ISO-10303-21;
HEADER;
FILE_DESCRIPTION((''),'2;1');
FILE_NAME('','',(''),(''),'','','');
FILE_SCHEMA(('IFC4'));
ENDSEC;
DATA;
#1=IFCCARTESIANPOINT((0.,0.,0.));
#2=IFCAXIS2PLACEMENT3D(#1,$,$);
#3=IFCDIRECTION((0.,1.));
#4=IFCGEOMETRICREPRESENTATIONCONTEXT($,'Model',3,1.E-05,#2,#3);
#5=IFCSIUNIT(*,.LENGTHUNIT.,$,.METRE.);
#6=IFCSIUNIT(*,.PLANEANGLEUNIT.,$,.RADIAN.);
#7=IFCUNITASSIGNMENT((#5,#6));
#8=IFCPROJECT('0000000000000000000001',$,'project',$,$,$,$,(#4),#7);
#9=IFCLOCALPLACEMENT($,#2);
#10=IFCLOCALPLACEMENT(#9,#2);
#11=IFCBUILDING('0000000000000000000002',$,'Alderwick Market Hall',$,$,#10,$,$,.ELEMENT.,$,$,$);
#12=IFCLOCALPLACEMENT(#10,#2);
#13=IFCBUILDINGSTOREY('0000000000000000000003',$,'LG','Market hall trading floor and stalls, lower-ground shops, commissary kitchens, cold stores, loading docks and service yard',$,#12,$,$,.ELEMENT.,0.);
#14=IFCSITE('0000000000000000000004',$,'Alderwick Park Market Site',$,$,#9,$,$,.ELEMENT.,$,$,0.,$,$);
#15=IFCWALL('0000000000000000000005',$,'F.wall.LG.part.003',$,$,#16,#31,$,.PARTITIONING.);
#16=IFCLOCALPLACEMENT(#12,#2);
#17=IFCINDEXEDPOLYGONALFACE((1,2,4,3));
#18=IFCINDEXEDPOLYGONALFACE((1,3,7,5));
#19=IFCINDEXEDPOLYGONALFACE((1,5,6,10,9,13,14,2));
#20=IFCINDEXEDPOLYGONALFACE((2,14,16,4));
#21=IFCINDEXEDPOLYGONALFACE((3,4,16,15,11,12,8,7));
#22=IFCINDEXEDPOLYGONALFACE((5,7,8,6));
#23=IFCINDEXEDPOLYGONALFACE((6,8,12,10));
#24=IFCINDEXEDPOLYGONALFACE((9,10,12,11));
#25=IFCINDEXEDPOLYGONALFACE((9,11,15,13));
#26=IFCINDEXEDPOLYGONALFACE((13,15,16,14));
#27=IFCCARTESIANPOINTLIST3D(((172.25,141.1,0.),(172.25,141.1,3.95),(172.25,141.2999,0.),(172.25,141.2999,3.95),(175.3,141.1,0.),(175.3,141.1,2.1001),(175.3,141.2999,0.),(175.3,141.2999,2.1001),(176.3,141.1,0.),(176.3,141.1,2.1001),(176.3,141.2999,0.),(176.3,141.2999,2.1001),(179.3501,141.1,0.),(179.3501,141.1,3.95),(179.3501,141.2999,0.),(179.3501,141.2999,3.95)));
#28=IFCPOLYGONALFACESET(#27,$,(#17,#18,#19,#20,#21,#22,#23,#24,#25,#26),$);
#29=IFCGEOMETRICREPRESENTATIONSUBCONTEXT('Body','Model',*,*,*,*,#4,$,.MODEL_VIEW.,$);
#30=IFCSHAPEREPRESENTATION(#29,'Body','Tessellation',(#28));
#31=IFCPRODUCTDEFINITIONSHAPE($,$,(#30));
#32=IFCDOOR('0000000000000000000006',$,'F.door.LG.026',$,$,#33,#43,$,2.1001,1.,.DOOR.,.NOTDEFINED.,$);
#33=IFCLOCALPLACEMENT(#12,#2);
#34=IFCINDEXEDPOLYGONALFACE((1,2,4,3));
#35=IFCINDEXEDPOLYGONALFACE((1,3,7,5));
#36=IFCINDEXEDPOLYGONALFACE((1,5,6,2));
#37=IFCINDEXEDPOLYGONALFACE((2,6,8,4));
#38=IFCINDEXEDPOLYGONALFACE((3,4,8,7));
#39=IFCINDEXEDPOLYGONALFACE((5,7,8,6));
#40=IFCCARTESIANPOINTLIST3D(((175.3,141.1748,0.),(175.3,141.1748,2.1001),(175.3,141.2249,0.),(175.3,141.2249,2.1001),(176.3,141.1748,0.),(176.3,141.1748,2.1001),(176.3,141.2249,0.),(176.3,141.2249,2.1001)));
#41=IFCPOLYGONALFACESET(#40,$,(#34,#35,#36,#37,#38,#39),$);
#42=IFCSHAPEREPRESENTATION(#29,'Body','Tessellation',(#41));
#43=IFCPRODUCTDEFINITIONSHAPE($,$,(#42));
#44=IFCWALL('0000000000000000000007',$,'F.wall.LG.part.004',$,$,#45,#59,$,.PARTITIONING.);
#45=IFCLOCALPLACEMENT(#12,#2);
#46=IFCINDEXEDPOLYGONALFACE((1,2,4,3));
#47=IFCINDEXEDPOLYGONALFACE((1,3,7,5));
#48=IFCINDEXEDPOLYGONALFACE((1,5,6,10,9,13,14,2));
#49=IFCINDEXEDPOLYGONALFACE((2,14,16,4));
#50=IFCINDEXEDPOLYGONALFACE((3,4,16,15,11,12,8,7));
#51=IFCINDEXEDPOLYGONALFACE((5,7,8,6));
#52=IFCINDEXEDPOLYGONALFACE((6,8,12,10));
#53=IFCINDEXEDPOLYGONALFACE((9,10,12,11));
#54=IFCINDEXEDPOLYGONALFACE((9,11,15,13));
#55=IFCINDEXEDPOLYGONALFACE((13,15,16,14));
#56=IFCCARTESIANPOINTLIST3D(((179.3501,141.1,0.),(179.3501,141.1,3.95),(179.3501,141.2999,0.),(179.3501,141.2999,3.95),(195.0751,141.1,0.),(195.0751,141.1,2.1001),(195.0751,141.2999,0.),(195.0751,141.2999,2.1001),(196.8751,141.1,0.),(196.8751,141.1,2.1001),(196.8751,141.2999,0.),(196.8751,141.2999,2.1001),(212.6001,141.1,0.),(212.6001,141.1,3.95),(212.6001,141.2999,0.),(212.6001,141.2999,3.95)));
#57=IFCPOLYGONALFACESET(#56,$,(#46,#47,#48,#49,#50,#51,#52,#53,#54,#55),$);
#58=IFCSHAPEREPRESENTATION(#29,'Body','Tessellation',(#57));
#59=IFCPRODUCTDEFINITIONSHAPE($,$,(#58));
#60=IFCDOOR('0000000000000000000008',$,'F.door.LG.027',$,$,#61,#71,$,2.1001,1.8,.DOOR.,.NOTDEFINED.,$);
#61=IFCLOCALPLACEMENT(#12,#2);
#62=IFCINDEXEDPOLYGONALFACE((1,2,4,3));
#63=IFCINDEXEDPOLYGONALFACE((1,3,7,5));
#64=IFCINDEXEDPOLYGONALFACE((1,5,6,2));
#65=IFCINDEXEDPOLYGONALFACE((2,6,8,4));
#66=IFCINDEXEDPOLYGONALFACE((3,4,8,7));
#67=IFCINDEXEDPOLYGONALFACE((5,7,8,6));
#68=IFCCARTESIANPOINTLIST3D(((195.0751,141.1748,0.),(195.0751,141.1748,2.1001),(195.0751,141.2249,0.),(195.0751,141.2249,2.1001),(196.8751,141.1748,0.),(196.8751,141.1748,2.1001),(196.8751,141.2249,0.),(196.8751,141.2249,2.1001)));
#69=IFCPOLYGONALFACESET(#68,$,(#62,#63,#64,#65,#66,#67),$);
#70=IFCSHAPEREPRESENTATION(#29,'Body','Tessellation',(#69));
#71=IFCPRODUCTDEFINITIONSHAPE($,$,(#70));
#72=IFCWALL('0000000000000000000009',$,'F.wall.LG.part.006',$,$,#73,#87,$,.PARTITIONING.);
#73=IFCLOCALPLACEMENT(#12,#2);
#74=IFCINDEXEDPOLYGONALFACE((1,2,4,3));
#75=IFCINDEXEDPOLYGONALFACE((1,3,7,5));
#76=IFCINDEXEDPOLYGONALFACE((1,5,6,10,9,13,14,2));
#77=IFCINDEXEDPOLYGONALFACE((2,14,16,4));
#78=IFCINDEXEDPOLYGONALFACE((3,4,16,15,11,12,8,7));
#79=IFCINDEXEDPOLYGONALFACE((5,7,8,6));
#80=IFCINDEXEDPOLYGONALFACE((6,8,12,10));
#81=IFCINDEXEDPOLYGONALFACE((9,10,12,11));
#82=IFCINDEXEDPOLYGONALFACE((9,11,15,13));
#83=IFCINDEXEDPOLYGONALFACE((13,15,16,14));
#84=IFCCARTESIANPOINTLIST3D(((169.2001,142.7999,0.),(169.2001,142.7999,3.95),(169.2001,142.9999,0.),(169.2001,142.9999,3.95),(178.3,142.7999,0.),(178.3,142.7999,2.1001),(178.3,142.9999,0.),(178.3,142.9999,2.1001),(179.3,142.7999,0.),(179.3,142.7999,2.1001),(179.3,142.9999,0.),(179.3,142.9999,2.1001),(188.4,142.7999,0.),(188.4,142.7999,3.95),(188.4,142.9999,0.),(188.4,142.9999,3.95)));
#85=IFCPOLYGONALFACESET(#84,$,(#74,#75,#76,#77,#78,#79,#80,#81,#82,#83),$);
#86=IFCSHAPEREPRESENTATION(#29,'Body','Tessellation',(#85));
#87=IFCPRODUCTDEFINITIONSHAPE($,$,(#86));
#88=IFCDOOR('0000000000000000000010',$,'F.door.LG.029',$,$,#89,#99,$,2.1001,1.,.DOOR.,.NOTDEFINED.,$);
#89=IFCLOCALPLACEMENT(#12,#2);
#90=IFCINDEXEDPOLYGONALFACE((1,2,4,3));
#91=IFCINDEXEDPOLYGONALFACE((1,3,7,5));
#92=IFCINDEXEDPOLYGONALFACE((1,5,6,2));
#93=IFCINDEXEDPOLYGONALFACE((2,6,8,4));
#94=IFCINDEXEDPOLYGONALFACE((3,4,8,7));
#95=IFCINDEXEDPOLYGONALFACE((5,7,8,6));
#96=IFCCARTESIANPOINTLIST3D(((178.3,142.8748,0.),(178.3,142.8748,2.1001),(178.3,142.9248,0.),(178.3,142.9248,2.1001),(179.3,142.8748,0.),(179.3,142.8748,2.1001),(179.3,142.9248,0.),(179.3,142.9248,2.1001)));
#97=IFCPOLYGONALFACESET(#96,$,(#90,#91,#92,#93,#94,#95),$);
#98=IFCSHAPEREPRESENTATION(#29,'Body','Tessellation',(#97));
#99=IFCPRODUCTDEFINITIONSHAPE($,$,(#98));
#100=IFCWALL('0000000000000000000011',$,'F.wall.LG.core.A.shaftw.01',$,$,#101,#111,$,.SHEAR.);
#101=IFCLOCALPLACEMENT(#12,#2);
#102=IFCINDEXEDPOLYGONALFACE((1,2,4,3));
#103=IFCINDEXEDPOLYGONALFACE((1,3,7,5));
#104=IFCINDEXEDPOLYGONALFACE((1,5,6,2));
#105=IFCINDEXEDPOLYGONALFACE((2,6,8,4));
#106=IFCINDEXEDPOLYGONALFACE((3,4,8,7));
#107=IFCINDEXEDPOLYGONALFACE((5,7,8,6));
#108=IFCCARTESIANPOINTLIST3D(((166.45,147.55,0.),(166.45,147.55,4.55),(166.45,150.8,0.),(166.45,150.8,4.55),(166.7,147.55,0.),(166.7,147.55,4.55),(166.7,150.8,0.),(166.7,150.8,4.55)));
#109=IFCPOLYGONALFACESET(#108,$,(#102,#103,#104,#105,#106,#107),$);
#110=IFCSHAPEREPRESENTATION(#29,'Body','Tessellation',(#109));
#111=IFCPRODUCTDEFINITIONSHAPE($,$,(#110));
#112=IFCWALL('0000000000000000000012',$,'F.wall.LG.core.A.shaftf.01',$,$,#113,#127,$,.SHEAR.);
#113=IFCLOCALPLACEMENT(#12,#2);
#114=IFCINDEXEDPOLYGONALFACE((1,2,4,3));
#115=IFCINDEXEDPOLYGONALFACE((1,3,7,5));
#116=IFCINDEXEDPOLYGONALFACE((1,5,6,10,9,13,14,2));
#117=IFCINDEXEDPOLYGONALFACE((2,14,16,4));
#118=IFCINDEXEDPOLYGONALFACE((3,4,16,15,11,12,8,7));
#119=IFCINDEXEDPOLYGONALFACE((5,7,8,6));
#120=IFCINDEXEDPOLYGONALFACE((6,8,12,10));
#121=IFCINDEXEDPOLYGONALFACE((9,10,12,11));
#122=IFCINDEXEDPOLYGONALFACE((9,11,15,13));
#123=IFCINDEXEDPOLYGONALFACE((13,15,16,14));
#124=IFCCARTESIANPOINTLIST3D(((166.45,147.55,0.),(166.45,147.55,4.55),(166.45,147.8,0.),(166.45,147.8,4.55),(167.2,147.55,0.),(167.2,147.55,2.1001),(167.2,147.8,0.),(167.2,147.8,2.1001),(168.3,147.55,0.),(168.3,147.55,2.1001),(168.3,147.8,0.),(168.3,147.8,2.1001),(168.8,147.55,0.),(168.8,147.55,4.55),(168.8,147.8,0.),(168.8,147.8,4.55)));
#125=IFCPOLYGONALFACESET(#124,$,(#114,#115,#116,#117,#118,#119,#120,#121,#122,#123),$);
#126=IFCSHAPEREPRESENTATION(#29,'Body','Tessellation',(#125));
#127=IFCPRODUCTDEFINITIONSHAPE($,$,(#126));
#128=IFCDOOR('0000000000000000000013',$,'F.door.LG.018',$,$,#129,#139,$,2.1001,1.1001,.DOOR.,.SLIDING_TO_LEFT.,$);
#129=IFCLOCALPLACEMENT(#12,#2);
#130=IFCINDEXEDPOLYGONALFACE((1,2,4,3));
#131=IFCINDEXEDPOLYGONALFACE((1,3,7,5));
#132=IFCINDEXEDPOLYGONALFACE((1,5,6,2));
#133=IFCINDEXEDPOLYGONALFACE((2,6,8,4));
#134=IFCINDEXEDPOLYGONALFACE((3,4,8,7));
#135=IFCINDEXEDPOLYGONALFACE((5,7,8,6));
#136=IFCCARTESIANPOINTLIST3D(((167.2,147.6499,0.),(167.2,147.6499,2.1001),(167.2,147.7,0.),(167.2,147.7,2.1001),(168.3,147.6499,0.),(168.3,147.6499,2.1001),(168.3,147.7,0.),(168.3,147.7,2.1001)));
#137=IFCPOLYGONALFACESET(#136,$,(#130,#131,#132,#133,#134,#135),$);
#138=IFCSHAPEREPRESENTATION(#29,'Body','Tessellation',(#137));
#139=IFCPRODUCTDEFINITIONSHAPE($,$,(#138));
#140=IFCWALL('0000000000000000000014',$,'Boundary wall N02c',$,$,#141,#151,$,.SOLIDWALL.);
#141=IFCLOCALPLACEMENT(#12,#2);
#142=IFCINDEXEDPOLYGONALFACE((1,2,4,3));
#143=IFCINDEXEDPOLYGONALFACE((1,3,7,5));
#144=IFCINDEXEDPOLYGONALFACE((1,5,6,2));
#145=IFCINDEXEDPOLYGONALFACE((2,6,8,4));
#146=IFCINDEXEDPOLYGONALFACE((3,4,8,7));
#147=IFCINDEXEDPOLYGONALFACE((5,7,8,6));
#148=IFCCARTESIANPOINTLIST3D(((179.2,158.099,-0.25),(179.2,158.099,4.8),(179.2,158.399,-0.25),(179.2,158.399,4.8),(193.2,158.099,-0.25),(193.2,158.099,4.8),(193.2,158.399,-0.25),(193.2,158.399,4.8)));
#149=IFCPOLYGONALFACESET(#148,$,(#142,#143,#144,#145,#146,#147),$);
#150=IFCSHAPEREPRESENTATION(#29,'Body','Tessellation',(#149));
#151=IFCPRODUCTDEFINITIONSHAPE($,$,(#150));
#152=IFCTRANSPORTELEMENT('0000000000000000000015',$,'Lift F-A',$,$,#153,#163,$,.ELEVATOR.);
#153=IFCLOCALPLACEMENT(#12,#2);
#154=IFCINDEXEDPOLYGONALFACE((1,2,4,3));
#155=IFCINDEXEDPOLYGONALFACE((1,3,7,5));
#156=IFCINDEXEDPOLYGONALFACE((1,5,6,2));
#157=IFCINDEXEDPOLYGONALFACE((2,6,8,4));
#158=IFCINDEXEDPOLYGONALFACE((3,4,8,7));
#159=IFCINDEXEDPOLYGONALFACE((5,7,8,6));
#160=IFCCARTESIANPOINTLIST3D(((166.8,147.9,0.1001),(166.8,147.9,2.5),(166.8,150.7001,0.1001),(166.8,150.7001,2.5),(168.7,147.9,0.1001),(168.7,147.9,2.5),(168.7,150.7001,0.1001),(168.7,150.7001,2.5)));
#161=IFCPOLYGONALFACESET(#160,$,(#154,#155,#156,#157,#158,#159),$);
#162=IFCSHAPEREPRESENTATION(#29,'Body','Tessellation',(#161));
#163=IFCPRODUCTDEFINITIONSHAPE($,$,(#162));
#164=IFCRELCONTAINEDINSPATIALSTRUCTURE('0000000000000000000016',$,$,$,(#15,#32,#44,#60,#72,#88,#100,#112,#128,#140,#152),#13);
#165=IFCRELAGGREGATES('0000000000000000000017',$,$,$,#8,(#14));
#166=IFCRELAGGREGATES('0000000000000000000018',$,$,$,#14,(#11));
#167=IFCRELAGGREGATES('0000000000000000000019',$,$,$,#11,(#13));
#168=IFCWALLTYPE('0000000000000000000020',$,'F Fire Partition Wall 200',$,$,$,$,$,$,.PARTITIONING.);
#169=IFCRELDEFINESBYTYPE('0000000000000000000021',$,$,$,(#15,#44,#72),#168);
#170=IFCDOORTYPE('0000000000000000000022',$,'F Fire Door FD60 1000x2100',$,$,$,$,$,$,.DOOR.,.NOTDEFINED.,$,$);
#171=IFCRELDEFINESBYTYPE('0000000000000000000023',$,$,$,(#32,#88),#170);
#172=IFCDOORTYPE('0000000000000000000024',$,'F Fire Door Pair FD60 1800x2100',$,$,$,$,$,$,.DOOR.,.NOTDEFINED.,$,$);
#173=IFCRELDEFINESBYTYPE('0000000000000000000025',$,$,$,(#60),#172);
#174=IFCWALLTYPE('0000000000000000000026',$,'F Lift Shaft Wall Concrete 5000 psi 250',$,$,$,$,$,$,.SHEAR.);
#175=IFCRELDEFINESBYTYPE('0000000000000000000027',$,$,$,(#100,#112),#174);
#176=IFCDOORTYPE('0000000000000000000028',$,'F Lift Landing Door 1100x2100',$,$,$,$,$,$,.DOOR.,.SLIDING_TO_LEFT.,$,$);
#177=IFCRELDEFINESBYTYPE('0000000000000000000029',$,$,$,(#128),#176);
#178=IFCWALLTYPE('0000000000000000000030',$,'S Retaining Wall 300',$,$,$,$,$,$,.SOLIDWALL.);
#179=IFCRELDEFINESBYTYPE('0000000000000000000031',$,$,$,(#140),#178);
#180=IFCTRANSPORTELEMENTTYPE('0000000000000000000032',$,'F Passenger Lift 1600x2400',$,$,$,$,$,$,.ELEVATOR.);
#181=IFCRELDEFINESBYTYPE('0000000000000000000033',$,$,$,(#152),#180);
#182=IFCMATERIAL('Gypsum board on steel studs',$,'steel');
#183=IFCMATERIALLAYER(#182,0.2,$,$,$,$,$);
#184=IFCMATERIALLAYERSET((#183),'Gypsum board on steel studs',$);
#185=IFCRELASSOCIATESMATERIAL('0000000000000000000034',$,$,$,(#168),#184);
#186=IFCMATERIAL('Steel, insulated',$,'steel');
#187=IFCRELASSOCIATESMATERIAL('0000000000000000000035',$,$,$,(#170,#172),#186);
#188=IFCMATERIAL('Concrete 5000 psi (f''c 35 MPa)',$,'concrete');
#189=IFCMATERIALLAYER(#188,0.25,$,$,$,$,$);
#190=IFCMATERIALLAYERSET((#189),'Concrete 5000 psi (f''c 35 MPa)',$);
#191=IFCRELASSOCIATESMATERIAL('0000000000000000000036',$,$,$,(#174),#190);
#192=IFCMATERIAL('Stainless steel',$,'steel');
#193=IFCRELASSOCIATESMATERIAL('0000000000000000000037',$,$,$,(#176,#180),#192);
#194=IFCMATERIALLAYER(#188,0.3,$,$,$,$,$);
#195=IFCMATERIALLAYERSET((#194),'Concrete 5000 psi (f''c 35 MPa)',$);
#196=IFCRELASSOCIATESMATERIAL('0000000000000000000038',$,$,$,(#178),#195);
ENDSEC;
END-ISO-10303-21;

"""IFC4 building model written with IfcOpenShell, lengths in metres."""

from ifc_helpers import new_model, si_unit, direction, frame, frame_2d, origin, origin_2d, place, context, subcontext, project, spatial, rectangle, extrude, material, layer, layer_set, type_object, element, fill, save


model = new_model("IFC4")

# Units and contexts
model_context = context("Model", 3, precision=1e-05, world=origin(), true_north=direction((0.0, 1.0)))
body_context = subcontext(model_context, "Body", "Model", "MODEL_VIEW")
ifc_project = project(units=[si_unit("LENGTHUNIT", "METRE"), si_unit("PLANEANGLEUNIT", "RADIAN")], contexts=[model_context])

# Site, building, storey
site_placement = place(None, origin())
site = spatial("IfcSite", under=ifc_project, at=site_placement, Name="Alderwick Park Market Site", CompositionType="ELEMENT", RefElevation=0.0)
building_placement = place(site_placement, origin())
building = spatial("IfcBuilding", under=site, at=building_placement, Name="Alderwick Market Hall", CompositionType="ELEMENT")
storey_placement = place(building_placement, origin())
storey = spatial("IfcBuildingStorey", under=building, at=storey_placement, Name="LG", Description="Market hall trading floor and stalls, lower-ground shops, commissary kitchens, cold stores, loading docks and service yard", CompositionType="ELEMENT", Elevation=0.0)

# Shared definitions
ifc_material_1 = material(Name="Concrete 5000 psi (f'c 35 MPa)", Category="concrete")

# Walls, openings, doors
ifc_material_2 = material(Name="Gypsum board on steel studs", Category="steel")
ifc_layer_1 = layer(ifc_material_2, 0.2)
ifc_layer_set_1 = layer_set([ifc_layer_1], Name="Gypsum board on steel studs")
wall_type_1 = type_object("IfcWallType", Name="F Fire Partition Wall 200", PredefinedType="PARTITIONING", material=ifc_layer_set_1)
wall_1_placement = place(storey_placement, frame((172.25, 141.2, 0.0), z_axis=(0.0, 0.0, 1.0), x_axis=(1.0, 0.0, 0.0)))
wall_1 = element("IfcWall", 1, at=wall_1_placement, inside=storey, type_object=wall_type_1, Name="F.wall.LG.part.003", PredefinedType="PARTITIONING", context=body_context, shape_type="SweptSolid", body=[
    extrude(rectangle(XDim=7.1001, YDim=0.2, at=frame_2d((3.55, 0.0))), origin(), (0.0, 0.0, 1.0), 3.95),
])
opening_1_placement = place(wall_1_placement, frame((3.05, 0.0, 0.0)))
opening_1 = element("IfcOpeningElement", 2, at=opening_1_placement, cuts=wall_1, PredefinedType="OPENING", context=body_context, shape_type="SweptSolid", body=[
    extrude(rectangle(XDim=1.0, YDim=2.1001, at=frame_2d((0.5, 1.05))), frame((0.0, 0.1099, 0.0), z_axis=(0.0, -1.0, 0.0), x_axis=(1.0, 0.0, 0.0)), (0.0, 0.0, 1.0), 0.22),
])
ifc_material_3 = material(Name="Steel, insulated", Category="steel")
door_type_1 = type_object("IfcDoorType", Name="F Fire Door FD60 1000x2100", OperationType="NOTDEFINED", PredefinedType="DOOR", material=ifc_material_3)
door_1_placement = place(opening_1_placement, origin())
door_1 = element("IfcDoor", 3, at=door_1_placement, inside=storey, type_object=door_type_1, Name="F.door.LG.026", OperationType="NOTDEFINED", OverallHeight=2.1001, OverallWidth=1.0, PredefinedType="DOOR", context=body_context, shape_type="SweptSolid", body=[
    extrude(rectangle(XDim=1.0, YDim=2.1001, at=frame_2d((0.5, 1.05))), frame((0.0, 0.0249, 0.0), z_axis=(0.0, -1.0, 0.0), x_axis=(1.0, 0.0, 0.0)), (0.0, 0.0, 1.0), 0.05),
])
fill(opening_1, door_1)
wall_2_placement = place(storey_placement, frame((179.3501, 141.2, 0.0), z_axis=(0.0, 0.0, 1.0), x_axis=(1.0, 0.0, 0.0)))
wall_2 = element("IfcWall", 4, at=wall_2_placement, inside=storey, type_object=wall_type_1, Name="F.wall.LG.part.004", PredefinedType="PARTITIONING", context=body_context, shape_type="SweptSolid", body=[
    extrude(rectangle(XDim=33.25, YDim=0.2, at=frame_2d((16.625, 0.0))), origin(), (0.0, 0.0, 1.0), 3.95),
])
opening_2_placement = place(wall_2_placement, frame((15.7251, 0.0, 0.0)))
opening_2 = element("IfcOpeningElement", 5, at=opening_2_placement, cuts=wall_2, PredefinedType="OPENING", context=body_context, shape_type="SweptSolid", body=[
    extrude(rectangle(XDim=1.8, YDim=2.1001, at=frame_2d((0.8999, 1.05))), frame((0.0, 0.1099, 0.0), z_axis=(0.0, -1.0, 0.0), x_axis=(1.0, 0.0, 0.0)), (0.0, 0.0, 1.0), 0.22),
])
door_type_2 = type_object("IfcDoorType", Name="F Fire Door Pair FD60 1800x2100", OperationType="NOTDEFINED", PredefinedType="DOOR", material=ifc_material_3)
door_2_placement = place(opening_2_placement, origin())
door_2 = element("IfcDoor", 6, at=door_2_placement, inside=storey, type_object=door_type_2, Name="F.door.LG.027", OperationType="NOTDEFINED", OverallHeight=2.1001, OverallWidth=1.8, PredefinedType="DOOR", context=body_context, shape_type="SweptSolid", body=[
    extrude(rectangle(XDim=1.8, YDim=2.1001, at=frame_2d((0.8999, 1.05))), frame((0.0, 0.0249, 0.0), z_axis=(0.0, -1.0, 0.0), x_axis=(1.0, 0.0, 0.0)), (0.0, 0.0, 1.0), 0.05),
])
fill(opening_2, door_2)
wall_3_placement = place(storey_placement, frame((169.2, 142.8999, 0.0), z_axis=(0.0, 0.0, 1.0), x_axis=(1.0, 0.0, 0.0)))
wall_3 = element("IfcWall", 7, at=wall_3_placement, inside=storey, type_object=wall_type_1, Name="F.wall.LG.part.006", PredefinedType="PARTITIONING", context=body_context, shape_type="SweptSolid", body=[
    extrude(rectangle(XDim=19.2, YDim=0.2, at=frame_2d((9.6001, 0.0))), origin(), (0.0, 0.0, 1.0), 3.95),
])
opening_3_placement = place(wall_3_placement, frame((9.1001, 0.0, 0.0)))
opening_3 = element("IfcOpeningElement", 8, at=opening_3_placement, cuts=wall_3, PredefinedType="OPENING", context=body_context, shape_type="SweptSolid", body=[
    extrude(rectangle(XDim=1.0, YDim=2.1001, at=frame_2d((0.5, 1.05))), frame((0.0, 0.1099, 0.0), z_axis=(0.0, -1.0, 0.0), x_axis=(1.0, 0.0, 0.0)), (0.0, 0.0, 1.0), 0.22),
])
door_3_placement = place(opening_3_placement, origin())
door_3 = element("IfcDoor", 9, at=door_3_placement, inside=storey, type_object=door_type_1, Name="F.door.LG.029", OperationType="NOTDEFINED", OverallHeight=2.1001, OverallWidth=1.0, PredefinedType="DOOR", context=body_context, shape_type="SweptSolid", body=[
    extrude(rectangle(XDim=1.0, YDim=2.1001, at=frame_2d((0.5, 1.05))), frame((0.0, 0.0249, 0.0), z_axis=(0.0, -1.0, 0.0), x_axis=(1.0, 0.0, 0.0)), (0.0, 0.0, 1.0), 0.05),
])
fill(opening_3, door_3)

# Wall
ifc_layer_2 = layer(ifc_material_1, 0.25)
ifc_layer_set_2 = layer_set([ifc_layer_2], Name="Concrete 5000 psi (f'c 35 MPa)")
wall_type_2 = type_object("IfcWallType", Name="F Lift Shaft Wall Concrete 5000 psi 250", PredefinedType="SHEAR", material=ifc_layer_set_2)
wall_4_placement = place(storey_placement, frame((166.575, 147.55, 0.0), z_axis=(0.0, 0.0, 1.0), x_axis=(0.0, 1.0, 0.0)))
element("IfcWall", 10, at=wall_4_placement, inside=storey, type_object=wall_type_2, Name="F.wall.LG.core.A.shaftw.01", PredefinedType="SHEAR", context=body_context, shape_type="SweptSolid", body=[
    extrude(rectangle(XDim=3.25, YDim=0.25, at=frame_2d((1.625, 0.0))), origin(), (0.0, 0.0, 1.0), 4.55),
])

# Wall, opening, door
wall_5_placement = place(storey_placement, frame((166.45, 147.675, 0.0), z_axis=(0.0, 0.0, 1.0), x_axis=(1.0, 0.0, 0.0)))
wall_5 = element("IfcWall", 11, at=wall_5_placement, inside=storey, type_object=wall_type_2, Name="F.wall.LG.core.A.shaftf.01", PredefinedType="SHEAR", context=body_context, shape_type="SweptSolid", body=[
    extrude(rectangle(XDim=2.3501, YDim=0.25, at=frame_2d((1.175, 0.0))), origin(), (0.0, 0.0, 1.0), 4.55),
])
opening_4_placement = place(wall_5_placement, frame((0.75, 0.0, 0.0)))
opening_4 = element("IfcOpeningElement", 12, at=opening_4_placement, cuts=wall_5, PredefinedType="OPENING", context=body_context, shape_type="SweptSolid", body=[
    extrude(rectangle(XDim=1.1001, YDim=2.1001, at=frame_2d((0.55, 1.05))), frame((0.0, 0.135, 0.0), z_axis=(0.0, -1.0, 0.0), x_axis=(1.0, 0.0, 0.0)), (0.0, 0.0, 1.0), 0.27),
])
ifc_material_4 = material(Name="Stainless steel", Category="steel")
door_type_3 = type_object("IfcDoorType", Name="F Lift Landing Door 1100x2100", OperationType="SLIDING_TO_LEFT", PredefinedType="DOOR", material=ifc_material_4)
door_4_placement = place(opening_4_placement, origin())
door_4 = element("IfcDoor", 13, at=door_4_placement, inside=storey, type_object=door_type_3, Name="F.door.LG.018", OperationType="SLIDING_TO_LEFT", OverallHeight=2.1001, OverallWidth=1.1001, PredefinedType="DOOR", context=body_context, shape_type="SweptSolid", body=[
    extrude(rectangle(XDim=1.1001, YDim=2.1001, at=frame_2d((0.55, 1.05))), frame((0.0, 0.0249, 0.0), z_axis=(0.0, -1.0, 0.0), x_axis=(1.0, 0.0, 0.0)), (0.0, 0.0, 1.0), 0.05),
])
fill(opening_4, door_4)

# Wall
ifc_layer_3 = layer(ifc_material_1, 0.3)
ifc_layer_set_3 = layer_set([ifc_layer_3], Name="Concrete 5000 psi (f'c 35 MPa)")
wall_type_3 = type_object("IfcWallType", Name="S Retaining Wall 300", PredefinedType="SOLIDWALL", material=ifc_layer_set_3)
wall_6_placement = place(storey_placement, frame((179.2, 158.249, -0.25), z_axis=(0.0, 0.0, 1.0), x_axis=(1.0, 0.0, 0.0)))
element("IfcWall", 14, at=wall_6_placement, inside=storey, type_object=wall_type_3, Name="Boundary wall N02c", PredefinedType="SOLIDWALL", context=body_context, shape_type="SweptSolid", body=[
    extrude(rectangle(XDim=14.0, YDim=0.3, at=frame_2d((7.0, 0.0))), origin(), (0.0, 0.0, 1.0), 5.05),
])

# Transport element
transport_element_type = type_object("IfcTransportElementType", Name="F Passenger Lift 1600x2400", PredefinedType="ELEVATOR", material=ifc_material_4)
transport_element_placement = place(storey_placement, frame((167.75, 149.3, 0.1001), z_axis=(0.0, 0.0, 1.0), x_axis=(1.0, 0.0, 0.0)))
element("IfcTransportElement", 15, at=transport_element_placement, inside=storey, type_object=transport_element_type, Name="Lift F-A", PredefinedType="ELEVATOR", context=body_context, shape_type="SweptSolid", body=[
    extrude(rectangle(XDim=1.8999, YDim=2.8, at=origin_2d()), origin(), (0.0, 0.0, 1.0), 2.3999),
])

save(model, "model.ifc")
